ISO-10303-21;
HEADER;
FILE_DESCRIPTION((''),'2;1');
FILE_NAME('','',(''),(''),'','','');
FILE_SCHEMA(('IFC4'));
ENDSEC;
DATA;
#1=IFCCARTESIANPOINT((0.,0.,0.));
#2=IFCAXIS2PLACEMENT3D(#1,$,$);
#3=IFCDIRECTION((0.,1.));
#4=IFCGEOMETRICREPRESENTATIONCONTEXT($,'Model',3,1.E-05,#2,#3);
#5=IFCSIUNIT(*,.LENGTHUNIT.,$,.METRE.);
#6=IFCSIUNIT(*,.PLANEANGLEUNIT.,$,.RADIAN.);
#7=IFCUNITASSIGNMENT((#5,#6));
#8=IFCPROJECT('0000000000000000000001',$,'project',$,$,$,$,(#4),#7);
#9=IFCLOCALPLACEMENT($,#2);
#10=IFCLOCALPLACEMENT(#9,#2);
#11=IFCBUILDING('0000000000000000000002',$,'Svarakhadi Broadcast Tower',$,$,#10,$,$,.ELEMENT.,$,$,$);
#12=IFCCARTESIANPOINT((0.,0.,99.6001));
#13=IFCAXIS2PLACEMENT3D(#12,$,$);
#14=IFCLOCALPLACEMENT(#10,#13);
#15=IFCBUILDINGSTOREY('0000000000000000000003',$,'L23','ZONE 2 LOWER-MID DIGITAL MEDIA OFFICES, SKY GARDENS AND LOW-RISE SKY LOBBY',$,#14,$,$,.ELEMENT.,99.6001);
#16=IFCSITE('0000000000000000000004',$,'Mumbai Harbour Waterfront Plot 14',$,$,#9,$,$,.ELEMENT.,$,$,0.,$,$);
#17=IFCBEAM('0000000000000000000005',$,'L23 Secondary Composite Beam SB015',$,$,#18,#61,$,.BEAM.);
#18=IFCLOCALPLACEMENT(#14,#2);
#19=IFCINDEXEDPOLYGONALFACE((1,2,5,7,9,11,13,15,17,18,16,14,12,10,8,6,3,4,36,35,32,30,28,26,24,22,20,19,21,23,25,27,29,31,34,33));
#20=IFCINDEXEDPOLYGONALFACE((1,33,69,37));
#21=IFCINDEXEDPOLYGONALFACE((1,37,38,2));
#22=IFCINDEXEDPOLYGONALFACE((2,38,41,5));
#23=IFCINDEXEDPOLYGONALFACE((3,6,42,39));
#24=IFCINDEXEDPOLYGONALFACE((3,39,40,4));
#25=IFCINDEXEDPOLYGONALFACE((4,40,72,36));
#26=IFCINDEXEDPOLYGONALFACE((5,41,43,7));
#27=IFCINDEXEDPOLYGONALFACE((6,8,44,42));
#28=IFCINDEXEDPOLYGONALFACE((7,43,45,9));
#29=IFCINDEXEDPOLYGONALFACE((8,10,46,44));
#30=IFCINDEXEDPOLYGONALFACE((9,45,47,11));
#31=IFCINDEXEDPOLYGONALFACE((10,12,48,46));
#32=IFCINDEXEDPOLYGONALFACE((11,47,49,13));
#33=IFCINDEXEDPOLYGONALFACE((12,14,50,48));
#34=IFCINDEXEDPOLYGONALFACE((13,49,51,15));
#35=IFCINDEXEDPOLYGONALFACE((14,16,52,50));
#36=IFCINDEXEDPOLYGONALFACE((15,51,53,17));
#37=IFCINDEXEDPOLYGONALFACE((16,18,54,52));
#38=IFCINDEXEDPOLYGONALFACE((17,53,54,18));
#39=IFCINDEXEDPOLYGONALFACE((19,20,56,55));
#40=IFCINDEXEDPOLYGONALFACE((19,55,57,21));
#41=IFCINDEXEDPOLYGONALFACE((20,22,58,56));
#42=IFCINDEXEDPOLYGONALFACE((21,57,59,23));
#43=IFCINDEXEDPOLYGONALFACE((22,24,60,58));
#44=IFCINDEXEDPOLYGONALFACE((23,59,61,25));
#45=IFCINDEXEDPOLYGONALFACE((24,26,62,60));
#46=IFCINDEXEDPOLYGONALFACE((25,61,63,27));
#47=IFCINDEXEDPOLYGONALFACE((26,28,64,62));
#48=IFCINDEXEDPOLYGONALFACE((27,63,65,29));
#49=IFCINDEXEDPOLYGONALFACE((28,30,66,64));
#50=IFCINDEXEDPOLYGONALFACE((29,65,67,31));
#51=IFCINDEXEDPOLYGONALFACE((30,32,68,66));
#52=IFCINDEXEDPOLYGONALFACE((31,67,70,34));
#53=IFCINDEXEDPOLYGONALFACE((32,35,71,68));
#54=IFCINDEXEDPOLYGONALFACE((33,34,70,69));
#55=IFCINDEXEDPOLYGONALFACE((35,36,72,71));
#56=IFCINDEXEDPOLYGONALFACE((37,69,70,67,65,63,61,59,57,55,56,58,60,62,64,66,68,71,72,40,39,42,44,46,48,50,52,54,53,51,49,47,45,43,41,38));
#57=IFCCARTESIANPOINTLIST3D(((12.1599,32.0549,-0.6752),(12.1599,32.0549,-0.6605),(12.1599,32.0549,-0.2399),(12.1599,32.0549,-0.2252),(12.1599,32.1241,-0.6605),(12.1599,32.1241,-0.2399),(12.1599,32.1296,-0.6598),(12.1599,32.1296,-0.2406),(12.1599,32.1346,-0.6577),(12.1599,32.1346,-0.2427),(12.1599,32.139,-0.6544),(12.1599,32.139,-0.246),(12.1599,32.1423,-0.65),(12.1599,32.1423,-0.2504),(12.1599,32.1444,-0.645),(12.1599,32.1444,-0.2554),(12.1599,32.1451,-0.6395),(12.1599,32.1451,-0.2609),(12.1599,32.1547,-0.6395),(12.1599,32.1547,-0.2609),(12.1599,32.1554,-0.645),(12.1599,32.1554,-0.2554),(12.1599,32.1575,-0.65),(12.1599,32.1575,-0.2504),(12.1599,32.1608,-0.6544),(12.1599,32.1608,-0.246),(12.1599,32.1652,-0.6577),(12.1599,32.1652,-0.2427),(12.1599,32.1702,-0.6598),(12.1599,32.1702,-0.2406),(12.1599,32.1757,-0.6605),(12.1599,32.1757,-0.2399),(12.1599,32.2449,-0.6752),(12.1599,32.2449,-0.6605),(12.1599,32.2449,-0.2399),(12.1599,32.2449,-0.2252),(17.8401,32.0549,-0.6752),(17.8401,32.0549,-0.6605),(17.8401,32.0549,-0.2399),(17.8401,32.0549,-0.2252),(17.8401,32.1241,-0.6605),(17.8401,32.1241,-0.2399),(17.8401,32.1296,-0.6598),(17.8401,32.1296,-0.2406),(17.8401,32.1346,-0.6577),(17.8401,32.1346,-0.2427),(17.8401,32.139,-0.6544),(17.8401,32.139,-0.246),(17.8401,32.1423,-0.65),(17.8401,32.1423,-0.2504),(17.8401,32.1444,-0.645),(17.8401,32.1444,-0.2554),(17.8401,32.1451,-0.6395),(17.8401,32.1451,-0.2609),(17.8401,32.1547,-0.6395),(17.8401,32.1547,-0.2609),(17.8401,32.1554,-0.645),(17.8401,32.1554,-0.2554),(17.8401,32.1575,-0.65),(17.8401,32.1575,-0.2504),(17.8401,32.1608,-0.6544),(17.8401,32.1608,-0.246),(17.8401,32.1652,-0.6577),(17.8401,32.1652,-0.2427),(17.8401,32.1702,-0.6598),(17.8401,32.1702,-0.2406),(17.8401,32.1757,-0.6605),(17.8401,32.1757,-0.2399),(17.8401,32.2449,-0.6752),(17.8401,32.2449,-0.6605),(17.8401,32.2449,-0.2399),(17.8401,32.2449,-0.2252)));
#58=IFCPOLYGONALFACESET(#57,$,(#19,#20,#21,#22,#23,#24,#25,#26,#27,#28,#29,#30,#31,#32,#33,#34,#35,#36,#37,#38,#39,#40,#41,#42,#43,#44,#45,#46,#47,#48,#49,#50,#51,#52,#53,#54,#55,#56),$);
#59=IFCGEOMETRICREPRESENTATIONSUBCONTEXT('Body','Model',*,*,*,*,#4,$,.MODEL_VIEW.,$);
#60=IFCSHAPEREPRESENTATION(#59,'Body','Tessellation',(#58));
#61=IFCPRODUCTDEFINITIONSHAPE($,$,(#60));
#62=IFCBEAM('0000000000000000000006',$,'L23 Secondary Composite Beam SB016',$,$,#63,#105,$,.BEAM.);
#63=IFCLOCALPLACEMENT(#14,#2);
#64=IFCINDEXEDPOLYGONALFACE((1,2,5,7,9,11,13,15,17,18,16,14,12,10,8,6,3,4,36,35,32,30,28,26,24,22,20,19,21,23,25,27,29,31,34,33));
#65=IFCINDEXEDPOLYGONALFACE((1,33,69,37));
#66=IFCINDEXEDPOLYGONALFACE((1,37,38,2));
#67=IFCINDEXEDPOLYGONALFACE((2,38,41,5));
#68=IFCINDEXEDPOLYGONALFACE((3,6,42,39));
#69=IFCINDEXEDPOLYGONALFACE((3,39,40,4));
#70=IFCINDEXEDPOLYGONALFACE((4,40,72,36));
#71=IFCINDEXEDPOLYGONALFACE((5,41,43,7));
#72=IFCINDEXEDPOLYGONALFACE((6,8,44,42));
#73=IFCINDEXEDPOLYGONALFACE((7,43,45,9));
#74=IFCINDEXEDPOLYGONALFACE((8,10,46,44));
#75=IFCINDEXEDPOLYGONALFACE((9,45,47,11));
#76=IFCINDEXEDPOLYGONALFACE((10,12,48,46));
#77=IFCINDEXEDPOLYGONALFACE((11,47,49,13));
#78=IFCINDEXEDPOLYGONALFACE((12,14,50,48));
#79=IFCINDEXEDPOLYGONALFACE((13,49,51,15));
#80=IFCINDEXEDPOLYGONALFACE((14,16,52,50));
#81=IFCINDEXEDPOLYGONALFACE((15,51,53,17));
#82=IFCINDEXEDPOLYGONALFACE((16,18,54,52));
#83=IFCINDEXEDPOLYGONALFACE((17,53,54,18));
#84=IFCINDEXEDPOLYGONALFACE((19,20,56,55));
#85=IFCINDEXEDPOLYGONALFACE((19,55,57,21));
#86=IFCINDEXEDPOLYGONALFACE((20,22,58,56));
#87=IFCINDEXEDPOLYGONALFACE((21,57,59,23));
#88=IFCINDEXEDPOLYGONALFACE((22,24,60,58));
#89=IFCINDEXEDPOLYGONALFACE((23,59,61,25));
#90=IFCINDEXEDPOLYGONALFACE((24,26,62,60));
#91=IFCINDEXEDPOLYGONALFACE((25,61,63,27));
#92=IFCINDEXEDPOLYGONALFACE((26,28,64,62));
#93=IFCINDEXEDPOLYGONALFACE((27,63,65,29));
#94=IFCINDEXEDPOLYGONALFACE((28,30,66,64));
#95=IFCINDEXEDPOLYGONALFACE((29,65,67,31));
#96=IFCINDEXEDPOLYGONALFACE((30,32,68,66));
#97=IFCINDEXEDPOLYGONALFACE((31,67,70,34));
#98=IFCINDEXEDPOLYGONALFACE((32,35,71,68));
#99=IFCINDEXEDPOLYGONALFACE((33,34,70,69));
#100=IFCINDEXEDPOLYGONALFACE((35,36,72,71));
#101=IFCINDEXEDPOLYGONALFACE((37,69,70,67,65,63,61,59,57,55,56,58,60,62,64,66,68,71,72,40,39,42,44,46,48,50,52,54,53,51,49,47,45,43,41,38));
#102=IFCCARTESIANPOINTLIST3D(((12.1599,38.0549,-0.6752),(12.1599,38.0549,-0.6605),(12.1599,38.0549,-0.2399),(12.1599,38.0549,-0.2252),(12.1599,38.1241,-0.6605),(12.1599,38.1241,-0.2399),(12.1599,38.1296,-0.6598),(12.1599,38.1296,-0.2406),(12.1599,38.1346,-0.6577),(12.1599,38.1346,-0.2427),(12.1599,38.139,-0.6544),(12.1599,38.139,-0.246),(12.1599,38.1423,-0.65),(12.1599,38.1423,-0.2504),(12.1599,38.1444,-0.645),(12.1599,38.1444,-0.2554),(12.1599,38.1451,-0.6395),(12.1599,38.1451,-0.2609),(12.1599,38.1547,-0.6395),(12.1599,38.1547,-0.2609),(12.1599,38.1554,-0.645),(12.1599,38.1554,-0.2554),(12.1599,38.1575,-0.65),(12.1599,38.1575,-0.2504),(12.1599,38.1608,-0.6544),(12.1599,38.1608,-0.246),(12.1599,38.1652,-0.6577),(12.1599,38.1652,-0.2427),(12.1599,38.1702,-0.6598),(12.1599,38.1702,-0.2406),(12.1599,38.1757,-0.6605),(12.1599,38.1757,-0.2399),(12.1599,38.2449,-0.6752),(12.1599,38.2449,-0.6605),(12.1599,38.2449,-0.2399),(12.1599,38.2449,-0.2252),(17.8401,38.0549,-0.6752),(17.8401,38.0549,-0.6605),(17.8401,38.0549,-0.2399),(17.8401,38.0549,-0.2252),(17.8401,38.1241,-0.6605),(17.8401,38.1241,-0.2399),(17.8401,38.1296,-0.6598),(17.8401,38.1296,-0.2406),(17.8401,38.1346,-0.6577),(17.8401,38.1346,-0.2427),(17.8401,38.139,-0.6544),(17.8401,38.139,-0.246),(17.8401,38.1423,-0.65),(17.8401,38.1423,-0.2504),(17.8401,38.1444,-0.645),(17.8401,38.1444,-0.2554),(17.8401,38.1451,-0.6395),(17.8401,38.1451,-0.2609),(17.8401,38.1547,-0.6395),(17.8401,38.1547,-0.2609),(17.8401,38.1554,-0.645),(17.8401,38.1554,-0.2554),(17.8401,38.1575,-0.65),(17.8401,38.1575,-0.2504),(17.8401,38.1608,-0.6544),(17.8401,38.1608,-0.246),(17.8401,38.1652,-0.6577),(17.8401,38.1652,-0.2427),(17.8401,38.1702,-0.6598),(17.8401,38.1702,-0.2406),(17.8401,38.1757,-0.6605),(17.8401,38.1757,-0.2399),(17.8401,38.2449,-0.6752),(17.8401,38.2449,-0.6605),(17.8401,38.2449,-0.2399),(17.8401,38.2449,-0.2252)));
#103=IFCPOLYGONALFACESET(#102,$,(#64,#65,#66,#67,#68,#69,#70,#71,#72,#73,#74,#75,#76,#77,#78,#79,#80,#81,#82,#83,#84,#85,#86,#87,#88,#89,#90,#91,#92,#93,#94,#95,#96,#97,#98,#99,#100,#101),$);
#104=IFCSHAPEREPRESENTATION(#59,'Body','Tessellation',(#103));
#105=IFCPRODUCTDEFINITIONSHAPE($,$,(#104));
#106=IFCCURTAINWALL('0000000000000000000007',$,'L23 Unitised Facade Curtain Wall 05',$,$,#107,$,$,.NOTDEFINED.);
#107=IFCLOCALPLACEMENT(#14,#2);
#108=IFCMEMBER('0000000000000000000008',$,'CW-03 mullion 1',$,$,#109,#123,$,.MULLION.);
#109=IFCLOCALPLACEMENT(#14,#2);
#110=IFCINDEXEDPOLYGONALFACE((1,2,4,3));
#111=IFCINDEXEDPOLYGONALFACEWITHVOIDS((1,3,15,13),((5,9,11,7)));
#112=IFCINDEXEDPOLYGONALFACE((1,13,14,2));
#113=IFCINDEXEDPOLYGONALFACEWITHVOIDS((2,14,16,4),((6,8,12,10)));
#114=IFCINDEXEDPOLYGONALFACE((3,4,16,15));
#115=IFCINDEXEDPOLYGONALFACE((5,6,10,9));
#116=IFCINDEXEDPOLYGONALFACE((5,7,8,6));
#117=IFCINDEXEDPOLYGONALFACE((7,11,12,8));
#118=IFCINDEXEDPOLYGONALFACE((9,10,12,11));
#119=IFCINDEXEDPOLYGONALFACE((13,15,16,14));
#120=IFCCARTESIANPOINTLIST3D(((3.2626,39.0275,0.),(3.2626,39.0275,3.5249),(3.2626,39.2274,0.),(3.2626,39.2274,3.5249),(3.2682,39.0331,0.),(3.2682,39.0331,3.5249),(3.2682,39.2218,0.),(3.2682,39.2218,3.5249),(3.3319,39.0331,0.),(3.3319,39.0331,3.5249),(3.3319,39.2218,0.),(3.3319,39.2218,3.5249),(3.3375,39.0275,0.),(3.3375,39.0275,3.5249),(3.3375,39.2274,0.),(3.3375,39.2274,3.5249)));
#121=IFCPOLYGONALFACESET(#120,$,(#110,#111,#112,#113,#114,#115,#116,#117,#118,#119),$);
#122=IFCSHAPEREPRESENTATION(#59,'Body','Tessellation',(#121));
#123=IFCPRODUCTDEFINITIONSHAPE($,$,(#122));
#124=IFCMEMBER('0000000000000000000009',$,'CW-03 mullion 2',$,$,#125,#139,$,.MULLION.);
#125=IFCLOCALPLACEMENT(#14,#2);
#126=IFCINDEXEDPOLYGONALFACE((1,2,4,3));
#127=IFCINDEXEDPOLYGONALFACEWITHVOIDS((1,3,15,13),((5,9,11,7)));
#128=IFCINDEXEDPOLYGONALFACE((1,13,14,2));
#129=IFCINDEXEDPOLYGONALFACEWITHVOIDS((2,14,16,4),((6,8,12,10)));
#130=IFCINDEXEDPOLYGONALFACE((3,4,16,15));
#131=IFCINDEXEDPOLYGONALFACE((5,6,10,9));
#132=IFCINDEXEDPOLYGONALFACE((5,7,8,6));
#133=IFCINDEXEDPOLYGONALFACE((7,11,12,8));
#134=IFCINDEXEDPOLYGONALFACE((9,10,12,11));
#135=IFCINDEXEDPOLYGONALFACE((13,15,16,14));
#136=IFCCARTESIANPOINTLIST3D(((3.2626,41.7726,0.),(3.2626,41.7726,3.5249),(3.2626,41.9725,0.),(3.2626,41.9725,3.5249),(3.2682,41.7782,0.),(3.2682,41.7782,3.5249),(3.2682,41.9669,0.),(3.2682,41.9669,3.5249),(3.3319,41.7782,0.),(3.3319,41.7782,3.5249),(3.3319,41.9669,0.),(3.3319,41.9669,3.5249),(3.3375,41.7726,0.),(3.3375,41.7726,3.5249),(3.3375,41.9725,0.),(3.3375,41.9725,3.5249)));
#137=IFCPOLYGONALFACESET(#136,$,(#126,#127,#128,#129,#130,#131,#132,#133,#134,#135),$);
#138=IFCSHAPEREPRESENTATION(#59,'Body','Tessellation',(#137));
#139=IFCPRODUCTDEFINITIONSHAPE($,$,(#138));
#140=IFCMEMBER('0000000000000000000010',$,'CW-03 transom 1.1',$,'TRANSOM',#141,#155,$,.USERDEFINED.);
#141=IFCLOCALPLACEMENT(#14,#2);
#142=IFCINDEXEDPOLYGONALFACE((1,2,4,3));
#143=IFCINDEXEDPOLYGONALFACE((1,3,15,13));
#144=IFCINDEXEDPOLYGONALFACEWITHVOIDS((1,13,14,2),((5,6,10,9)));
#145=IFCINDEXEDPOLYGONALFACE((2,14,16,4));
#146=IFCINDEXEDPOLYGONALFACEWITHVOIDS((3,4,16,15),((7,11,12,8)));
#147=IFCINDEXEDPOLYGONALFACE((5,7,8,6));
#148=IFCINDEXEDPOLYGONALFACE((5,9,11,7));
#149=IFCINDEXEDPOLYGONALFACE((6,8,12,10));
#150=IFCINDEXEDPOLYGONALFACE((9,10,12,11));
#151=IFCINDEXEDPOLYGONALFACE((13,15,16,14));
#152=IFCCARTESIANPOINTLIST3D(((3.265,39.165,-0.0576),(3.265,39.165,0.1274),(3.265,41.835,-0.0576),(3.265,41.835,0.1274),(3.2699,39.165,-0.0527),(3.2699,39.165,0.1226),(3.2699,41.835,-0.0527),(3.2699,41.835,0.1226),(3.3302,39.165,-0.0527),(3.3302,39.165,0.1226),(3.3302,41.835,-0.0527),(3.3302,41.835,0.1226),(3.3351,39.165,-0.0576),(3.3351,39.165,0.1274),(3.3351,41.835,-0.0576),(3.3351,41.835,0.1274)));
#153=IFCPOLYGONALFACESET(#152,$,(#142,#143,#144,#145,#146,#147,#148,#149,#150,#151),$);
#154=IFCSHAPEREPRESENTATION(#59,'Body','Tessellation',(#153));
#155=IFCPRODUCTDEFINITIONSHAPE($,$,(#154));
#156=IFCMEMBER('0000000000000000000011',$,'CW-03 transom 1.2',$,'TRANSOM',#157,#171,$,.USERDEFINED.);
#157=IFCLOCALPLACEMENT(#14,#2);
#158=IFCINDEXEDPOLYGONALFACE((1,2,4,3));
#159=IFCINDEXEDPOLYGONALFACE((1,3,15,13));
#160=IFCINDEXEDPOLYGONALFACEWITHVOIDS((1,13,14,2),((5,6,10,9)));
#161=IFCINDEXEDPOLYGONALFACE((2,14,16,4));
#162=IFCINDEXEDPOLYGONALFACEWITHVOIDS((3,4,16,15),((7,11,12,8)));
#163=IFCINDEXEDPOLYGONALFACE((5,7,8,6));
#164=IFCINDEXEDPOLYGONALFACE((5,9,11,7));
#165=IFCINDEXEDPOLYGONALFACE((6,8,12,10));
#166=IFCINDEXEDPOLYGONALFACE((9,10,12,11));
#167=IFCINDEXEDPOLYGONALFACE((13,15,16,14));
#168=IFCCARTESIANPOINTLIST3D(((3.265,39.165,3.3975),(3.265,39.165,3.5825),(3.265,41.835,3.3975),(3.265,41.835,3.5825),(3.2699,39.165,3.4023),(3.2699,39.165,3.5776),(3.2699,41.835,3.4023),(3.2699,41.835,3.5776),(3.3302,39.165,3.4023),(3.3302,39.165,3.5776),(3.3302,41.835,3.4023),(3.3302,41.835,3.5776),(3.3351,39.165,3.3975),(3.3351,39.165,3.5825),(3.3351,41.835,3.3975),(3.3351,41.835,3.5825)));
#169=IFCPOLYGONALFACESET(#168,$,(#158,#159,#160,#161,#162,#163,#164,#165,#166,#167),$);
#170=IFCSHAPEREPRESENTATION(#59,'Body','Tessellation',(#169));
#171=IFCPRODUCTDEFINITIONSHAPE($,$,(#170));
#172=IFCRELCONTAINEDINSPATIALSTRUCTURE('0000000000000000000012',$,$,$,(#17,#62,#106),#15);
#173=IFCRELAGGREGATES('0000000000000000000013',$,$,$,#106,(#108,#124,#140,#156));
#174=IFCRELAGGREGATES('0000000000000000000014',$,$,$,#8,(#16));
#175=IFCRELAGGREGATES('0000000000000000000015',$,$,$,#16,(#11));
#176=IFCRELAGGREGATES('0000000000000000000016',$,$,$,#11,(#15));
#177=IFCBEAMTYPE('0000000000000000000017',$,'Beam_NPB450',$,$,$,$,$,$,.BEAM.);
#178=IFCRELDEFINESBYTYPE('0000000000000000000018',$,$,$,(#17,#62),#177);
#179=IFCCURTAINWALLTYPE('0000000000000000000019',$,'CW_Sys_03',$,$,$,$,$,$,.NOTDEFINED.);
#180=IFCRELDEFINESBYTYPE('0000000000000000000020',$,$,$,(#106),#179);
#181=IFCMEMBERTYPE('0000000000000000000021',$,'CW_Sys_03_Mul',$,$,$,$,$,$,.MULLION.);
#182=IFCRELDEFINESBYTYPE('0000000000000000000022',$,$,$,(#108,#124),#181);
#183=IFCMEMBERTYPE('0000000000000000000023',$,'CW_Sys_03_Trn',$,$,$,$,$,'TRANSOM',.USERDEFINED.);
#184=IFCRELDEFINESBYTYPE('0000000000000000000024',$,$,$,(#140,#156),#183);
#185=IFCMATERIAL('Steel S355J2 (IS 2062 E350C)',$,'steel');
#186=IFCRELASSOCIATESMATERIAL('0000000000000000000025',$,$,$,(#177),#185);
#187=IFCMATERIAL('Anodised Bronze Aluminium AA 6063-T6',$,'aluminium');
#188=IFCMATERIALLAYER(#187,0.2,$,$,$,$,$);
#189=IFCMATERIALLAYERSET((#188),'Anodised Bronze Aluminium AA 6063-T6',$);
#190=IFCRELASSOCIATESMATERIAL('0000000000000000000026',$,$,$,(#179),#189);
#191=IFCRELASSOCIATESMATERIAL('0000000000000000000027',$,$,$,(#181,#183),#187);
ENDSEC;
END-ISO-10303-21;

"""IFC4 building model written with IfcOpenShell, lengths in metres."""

from ifc_helpers import new_model, si_unit, direction, frame, origin, origin_2d, place, context, subcontext, project, spatial, hollow_rectangle, i_section, extrude, material, layer, layer_set, material_profile, profile_set, type_object, element, aggregate, save


model = new_model("IFC4")

# Units and contexts
model_context = context("Model", 3, precision=1e-05, world=origin(), true_north=direction((0.0, 1.0)))
body_context = subcontext(model_context, "Body", "Model", "MODEL_VIEW")
ifc_project = project(units=[si_unit("LENGTHUNIT", "METRE"), si_unit("PLANEANGLEUNIT", "RADIAN")], contexts=[model_context])

# Site, building, storey
site_placement = place(None, origin())
site = spatial("IfcSite", under=ifc_project, at=site_placement, Name="Mumbai Harbour Waterfront Plot 14", CompositionType="ELEMENT", RefElevation=0.0)
building_placement = place(site_placement, origin())
building = spatial("IfcBuilding", under=site, at=building_placement, Name="Svarakhadi Broadcast Tower", CompositionType="ELEMENT")
storey_placement = place(building_placement, frame((0.0, 0.0, 99.6001)))
storey = spatial("IfcBuildingStorey", under=building, at=storey_placement, Name="L23", Description="ZONE 2 LOWER-MID DIGITAL MEDIA OFFICES, SKY GARDENS AND LOW-RISE SKY LOBBY", CompositionType="ELEMENT", Elevation=99.6001)

# Beams
ifc_material_1 = material(Name="Steel S355J2 (IS 2062 E350C)", Category="steel")
ifc_material_profile_1 = material_profile(ifc_material_1, i_section(OverallWidth=0.1899, OverallDepth=0.45, WebThickness=0.0095, FlangeThickness=0.0146, FilletRadius=0.021, at=origin_2d()), Name="NPB 450x190x78")
ifc_profile_set_1 = profile_set([ifc_material_profile_1], Name="Steel S355J2 (IS 2062 E350C)")
beam_type_1 = type_object("IfcBeamType", Name="Beam_NPB450", PredefinedType="BEAM", material=ifc_profile_set_1)
for number, where, z_axis, x_axis, name in (
    (1, (12.1599, 32.1499, -0.4502), (1.0, 0.0, 0.0), (0.0, 1.0, 0.0), "L23 Secondary Composite Beam SB015"),
    (2, (12.1599, 38.1499, -0.4502), (1.0, 0.0, 0.0), (0.0, 1.0, 0.0), "L23 Secondary Composite Beam SB016"),
):
    element("IfcBeam", number, at=place(storey_placement, frame(where, z_axis=z_axis, x_axis=x_axis)), inside=storey, type_object=beam_type_1, Name=name, PredefinedType="BEAM", context=body_context, shape_type="SweptSolid", body=[
        extrude(i_section(OverallWidth=0.1899, OverallDepth=0.45, WebThickness=0.0095, FlangeThickness=0.0146, FilletRadius=0.021, at=origin_2d()), origin(), (0.0, 0.0, 1.0), 5.6802),
    ])

# Curtain wall, members
ifc_material_2 = material(Name="Anodised Bronze Aluminium AA 6063-T6", Category="aluminium")
ifc_layer_1 = layer(ifc_material_2, 0.2)
ifc_layer_set_1 = layer_set([ifc_layer_1], Name="Anodised Bronze Aluminium AA 6063-T6")
curtain_wall_type = type_object("IfcCurtainWallType", Name="CW_Sys_03", PredefinedType="NOTDEFINED", material=ifc_layer_set_1)
curtain_wall_placement = place(storey_placement, origin())
curtain_wall = element("IfcCurtainWall", 3, at=curtain_wall_placement, inside=storey, type_object=curtain_wall_type, Name="L23 Unitised Facade Curtain Wall 05", PredefinedType="NOTDEFINED")
ifc_material_profile_2 = material_profile(ifc_material_2, hollow_rectangle(XDim=0.075, YDim=0.2, WallThickness=0.0056, at=origin_2d()), Name="ALU MULLION 200x75x6")
ifc_profile_set_2 = profile_set([ifc_material_profile_2], Name="Anodised Bronze Aluminium AA 6063-T6")
member_type_1 = type_object("IfcMemberType", Name="CW_Sys_03_Mul", PredefinedType="MULLION", material=ifc_profile_set_2)
member_1_placement = place(storey_placement, frame((3.3, 39.1274, 0.0), z_axis=(0.0, 0.0, 1.0), x_axis=(-1.0, 0.0, 0.0)))
member_1 = element("IfcMember", 4, at=member_1_placement, type_object=member_type_1, Name="CW-03 mullion 1", PredefinedType="MULLION", context=body_context, shape_type="SweptSolid", body=[
    extrude(hollow_rectangle(XDim=0.075, YDim=0.2, WallThickness=0.0056, at=origin_2d()), origin(), (0.0, 0.0, 1.0), 3.5249),
])
member_2_placement = place(storey_placement, frame((3.3, 41.8726, 0.0), z_axis=(0.0, 0.0, 1.0), x_axis=(-1.0, 0.0, 0.0)))
member_2 = element("IfcMember", 5, at=member_2_placement, type_object=member_type_1, Name="CW-03 mullion 2", PredefinedType="MULLION", context=body_context, shape_type="SweptSolid", body=[
    extrude(hollow_rectangle(XDim=0.075, YDim=0.2, WallThickness=0.0056, at=origin_2d()), origin(), (0.0, 0.0, 1.0), 3.5249),
])
ifc_material_profile_3 = material_profile(ifc_material_2, hollow_rectangle(XDim=0.0701, YDim=0.1851, WallThickness=0.0049, at=origin_2d()), Name="ALU TRANSOM 185x70x5")
ifc_profile_set_3 = profile_set([ifc_material_profile_3], Name="Anodised Bronze Aluminium AA 6063-T6")
member_type_2 = type_object("IfcMemberType", Name="CW_Sys_03_Trn", ElementType="TRANSOM", PredefinedType="USERDEFINED", material=ifc_profile_set_3)
member_3_placement = place(storey_placement, frame((3.3, 39.165, 0.0349), z_axis=(0.0, 1.0, 0.0), x_axis=(-1.0, 0.0, 0.0)))
member_3 = element("IfcMember", 6, at=member_3_placement, type_object=member_type_2, Name="CW-03 transom 1.1", ObjectType="TRANSOM", PredefinedType="USERDEFINED", context=body_context, shape_type="SweptSolid", body=[
    extrude(hollow_rectangle(XDim=0.0701, YDim=0.1851, WallThickness=0.0049, at=origin_2d()), origin(), (0.0, 0.0, 1.0), 2.6699),
])
member_4_placement = place(storey_placement, frame((3.3, 39.165, 3.49), z_axis=(0.0, 1.0, 0.0), x_axis=(-1.0, 0.0, 0.0)))
member_4 = element("IfcMember", 7, at=member_4_placement, type_object=member_type_2, Name="CW-03 transom 1.2", ObjectType="TRANSOM", PredefinedType="USERDEFINED", context=body_context, shape_type="SweptSolid", body=[
    extrude(hollow_rectangle(XDim=0.0701, YDim=0.1851, WallThickness=0.0049, at=origin_2d()), origin(), (0.0, 0.0, 1.0), 2.6699),
])

aggregate(curtain_wall, [member_1, member_2, member_3, member_4])

save(model, "model.ifc")
